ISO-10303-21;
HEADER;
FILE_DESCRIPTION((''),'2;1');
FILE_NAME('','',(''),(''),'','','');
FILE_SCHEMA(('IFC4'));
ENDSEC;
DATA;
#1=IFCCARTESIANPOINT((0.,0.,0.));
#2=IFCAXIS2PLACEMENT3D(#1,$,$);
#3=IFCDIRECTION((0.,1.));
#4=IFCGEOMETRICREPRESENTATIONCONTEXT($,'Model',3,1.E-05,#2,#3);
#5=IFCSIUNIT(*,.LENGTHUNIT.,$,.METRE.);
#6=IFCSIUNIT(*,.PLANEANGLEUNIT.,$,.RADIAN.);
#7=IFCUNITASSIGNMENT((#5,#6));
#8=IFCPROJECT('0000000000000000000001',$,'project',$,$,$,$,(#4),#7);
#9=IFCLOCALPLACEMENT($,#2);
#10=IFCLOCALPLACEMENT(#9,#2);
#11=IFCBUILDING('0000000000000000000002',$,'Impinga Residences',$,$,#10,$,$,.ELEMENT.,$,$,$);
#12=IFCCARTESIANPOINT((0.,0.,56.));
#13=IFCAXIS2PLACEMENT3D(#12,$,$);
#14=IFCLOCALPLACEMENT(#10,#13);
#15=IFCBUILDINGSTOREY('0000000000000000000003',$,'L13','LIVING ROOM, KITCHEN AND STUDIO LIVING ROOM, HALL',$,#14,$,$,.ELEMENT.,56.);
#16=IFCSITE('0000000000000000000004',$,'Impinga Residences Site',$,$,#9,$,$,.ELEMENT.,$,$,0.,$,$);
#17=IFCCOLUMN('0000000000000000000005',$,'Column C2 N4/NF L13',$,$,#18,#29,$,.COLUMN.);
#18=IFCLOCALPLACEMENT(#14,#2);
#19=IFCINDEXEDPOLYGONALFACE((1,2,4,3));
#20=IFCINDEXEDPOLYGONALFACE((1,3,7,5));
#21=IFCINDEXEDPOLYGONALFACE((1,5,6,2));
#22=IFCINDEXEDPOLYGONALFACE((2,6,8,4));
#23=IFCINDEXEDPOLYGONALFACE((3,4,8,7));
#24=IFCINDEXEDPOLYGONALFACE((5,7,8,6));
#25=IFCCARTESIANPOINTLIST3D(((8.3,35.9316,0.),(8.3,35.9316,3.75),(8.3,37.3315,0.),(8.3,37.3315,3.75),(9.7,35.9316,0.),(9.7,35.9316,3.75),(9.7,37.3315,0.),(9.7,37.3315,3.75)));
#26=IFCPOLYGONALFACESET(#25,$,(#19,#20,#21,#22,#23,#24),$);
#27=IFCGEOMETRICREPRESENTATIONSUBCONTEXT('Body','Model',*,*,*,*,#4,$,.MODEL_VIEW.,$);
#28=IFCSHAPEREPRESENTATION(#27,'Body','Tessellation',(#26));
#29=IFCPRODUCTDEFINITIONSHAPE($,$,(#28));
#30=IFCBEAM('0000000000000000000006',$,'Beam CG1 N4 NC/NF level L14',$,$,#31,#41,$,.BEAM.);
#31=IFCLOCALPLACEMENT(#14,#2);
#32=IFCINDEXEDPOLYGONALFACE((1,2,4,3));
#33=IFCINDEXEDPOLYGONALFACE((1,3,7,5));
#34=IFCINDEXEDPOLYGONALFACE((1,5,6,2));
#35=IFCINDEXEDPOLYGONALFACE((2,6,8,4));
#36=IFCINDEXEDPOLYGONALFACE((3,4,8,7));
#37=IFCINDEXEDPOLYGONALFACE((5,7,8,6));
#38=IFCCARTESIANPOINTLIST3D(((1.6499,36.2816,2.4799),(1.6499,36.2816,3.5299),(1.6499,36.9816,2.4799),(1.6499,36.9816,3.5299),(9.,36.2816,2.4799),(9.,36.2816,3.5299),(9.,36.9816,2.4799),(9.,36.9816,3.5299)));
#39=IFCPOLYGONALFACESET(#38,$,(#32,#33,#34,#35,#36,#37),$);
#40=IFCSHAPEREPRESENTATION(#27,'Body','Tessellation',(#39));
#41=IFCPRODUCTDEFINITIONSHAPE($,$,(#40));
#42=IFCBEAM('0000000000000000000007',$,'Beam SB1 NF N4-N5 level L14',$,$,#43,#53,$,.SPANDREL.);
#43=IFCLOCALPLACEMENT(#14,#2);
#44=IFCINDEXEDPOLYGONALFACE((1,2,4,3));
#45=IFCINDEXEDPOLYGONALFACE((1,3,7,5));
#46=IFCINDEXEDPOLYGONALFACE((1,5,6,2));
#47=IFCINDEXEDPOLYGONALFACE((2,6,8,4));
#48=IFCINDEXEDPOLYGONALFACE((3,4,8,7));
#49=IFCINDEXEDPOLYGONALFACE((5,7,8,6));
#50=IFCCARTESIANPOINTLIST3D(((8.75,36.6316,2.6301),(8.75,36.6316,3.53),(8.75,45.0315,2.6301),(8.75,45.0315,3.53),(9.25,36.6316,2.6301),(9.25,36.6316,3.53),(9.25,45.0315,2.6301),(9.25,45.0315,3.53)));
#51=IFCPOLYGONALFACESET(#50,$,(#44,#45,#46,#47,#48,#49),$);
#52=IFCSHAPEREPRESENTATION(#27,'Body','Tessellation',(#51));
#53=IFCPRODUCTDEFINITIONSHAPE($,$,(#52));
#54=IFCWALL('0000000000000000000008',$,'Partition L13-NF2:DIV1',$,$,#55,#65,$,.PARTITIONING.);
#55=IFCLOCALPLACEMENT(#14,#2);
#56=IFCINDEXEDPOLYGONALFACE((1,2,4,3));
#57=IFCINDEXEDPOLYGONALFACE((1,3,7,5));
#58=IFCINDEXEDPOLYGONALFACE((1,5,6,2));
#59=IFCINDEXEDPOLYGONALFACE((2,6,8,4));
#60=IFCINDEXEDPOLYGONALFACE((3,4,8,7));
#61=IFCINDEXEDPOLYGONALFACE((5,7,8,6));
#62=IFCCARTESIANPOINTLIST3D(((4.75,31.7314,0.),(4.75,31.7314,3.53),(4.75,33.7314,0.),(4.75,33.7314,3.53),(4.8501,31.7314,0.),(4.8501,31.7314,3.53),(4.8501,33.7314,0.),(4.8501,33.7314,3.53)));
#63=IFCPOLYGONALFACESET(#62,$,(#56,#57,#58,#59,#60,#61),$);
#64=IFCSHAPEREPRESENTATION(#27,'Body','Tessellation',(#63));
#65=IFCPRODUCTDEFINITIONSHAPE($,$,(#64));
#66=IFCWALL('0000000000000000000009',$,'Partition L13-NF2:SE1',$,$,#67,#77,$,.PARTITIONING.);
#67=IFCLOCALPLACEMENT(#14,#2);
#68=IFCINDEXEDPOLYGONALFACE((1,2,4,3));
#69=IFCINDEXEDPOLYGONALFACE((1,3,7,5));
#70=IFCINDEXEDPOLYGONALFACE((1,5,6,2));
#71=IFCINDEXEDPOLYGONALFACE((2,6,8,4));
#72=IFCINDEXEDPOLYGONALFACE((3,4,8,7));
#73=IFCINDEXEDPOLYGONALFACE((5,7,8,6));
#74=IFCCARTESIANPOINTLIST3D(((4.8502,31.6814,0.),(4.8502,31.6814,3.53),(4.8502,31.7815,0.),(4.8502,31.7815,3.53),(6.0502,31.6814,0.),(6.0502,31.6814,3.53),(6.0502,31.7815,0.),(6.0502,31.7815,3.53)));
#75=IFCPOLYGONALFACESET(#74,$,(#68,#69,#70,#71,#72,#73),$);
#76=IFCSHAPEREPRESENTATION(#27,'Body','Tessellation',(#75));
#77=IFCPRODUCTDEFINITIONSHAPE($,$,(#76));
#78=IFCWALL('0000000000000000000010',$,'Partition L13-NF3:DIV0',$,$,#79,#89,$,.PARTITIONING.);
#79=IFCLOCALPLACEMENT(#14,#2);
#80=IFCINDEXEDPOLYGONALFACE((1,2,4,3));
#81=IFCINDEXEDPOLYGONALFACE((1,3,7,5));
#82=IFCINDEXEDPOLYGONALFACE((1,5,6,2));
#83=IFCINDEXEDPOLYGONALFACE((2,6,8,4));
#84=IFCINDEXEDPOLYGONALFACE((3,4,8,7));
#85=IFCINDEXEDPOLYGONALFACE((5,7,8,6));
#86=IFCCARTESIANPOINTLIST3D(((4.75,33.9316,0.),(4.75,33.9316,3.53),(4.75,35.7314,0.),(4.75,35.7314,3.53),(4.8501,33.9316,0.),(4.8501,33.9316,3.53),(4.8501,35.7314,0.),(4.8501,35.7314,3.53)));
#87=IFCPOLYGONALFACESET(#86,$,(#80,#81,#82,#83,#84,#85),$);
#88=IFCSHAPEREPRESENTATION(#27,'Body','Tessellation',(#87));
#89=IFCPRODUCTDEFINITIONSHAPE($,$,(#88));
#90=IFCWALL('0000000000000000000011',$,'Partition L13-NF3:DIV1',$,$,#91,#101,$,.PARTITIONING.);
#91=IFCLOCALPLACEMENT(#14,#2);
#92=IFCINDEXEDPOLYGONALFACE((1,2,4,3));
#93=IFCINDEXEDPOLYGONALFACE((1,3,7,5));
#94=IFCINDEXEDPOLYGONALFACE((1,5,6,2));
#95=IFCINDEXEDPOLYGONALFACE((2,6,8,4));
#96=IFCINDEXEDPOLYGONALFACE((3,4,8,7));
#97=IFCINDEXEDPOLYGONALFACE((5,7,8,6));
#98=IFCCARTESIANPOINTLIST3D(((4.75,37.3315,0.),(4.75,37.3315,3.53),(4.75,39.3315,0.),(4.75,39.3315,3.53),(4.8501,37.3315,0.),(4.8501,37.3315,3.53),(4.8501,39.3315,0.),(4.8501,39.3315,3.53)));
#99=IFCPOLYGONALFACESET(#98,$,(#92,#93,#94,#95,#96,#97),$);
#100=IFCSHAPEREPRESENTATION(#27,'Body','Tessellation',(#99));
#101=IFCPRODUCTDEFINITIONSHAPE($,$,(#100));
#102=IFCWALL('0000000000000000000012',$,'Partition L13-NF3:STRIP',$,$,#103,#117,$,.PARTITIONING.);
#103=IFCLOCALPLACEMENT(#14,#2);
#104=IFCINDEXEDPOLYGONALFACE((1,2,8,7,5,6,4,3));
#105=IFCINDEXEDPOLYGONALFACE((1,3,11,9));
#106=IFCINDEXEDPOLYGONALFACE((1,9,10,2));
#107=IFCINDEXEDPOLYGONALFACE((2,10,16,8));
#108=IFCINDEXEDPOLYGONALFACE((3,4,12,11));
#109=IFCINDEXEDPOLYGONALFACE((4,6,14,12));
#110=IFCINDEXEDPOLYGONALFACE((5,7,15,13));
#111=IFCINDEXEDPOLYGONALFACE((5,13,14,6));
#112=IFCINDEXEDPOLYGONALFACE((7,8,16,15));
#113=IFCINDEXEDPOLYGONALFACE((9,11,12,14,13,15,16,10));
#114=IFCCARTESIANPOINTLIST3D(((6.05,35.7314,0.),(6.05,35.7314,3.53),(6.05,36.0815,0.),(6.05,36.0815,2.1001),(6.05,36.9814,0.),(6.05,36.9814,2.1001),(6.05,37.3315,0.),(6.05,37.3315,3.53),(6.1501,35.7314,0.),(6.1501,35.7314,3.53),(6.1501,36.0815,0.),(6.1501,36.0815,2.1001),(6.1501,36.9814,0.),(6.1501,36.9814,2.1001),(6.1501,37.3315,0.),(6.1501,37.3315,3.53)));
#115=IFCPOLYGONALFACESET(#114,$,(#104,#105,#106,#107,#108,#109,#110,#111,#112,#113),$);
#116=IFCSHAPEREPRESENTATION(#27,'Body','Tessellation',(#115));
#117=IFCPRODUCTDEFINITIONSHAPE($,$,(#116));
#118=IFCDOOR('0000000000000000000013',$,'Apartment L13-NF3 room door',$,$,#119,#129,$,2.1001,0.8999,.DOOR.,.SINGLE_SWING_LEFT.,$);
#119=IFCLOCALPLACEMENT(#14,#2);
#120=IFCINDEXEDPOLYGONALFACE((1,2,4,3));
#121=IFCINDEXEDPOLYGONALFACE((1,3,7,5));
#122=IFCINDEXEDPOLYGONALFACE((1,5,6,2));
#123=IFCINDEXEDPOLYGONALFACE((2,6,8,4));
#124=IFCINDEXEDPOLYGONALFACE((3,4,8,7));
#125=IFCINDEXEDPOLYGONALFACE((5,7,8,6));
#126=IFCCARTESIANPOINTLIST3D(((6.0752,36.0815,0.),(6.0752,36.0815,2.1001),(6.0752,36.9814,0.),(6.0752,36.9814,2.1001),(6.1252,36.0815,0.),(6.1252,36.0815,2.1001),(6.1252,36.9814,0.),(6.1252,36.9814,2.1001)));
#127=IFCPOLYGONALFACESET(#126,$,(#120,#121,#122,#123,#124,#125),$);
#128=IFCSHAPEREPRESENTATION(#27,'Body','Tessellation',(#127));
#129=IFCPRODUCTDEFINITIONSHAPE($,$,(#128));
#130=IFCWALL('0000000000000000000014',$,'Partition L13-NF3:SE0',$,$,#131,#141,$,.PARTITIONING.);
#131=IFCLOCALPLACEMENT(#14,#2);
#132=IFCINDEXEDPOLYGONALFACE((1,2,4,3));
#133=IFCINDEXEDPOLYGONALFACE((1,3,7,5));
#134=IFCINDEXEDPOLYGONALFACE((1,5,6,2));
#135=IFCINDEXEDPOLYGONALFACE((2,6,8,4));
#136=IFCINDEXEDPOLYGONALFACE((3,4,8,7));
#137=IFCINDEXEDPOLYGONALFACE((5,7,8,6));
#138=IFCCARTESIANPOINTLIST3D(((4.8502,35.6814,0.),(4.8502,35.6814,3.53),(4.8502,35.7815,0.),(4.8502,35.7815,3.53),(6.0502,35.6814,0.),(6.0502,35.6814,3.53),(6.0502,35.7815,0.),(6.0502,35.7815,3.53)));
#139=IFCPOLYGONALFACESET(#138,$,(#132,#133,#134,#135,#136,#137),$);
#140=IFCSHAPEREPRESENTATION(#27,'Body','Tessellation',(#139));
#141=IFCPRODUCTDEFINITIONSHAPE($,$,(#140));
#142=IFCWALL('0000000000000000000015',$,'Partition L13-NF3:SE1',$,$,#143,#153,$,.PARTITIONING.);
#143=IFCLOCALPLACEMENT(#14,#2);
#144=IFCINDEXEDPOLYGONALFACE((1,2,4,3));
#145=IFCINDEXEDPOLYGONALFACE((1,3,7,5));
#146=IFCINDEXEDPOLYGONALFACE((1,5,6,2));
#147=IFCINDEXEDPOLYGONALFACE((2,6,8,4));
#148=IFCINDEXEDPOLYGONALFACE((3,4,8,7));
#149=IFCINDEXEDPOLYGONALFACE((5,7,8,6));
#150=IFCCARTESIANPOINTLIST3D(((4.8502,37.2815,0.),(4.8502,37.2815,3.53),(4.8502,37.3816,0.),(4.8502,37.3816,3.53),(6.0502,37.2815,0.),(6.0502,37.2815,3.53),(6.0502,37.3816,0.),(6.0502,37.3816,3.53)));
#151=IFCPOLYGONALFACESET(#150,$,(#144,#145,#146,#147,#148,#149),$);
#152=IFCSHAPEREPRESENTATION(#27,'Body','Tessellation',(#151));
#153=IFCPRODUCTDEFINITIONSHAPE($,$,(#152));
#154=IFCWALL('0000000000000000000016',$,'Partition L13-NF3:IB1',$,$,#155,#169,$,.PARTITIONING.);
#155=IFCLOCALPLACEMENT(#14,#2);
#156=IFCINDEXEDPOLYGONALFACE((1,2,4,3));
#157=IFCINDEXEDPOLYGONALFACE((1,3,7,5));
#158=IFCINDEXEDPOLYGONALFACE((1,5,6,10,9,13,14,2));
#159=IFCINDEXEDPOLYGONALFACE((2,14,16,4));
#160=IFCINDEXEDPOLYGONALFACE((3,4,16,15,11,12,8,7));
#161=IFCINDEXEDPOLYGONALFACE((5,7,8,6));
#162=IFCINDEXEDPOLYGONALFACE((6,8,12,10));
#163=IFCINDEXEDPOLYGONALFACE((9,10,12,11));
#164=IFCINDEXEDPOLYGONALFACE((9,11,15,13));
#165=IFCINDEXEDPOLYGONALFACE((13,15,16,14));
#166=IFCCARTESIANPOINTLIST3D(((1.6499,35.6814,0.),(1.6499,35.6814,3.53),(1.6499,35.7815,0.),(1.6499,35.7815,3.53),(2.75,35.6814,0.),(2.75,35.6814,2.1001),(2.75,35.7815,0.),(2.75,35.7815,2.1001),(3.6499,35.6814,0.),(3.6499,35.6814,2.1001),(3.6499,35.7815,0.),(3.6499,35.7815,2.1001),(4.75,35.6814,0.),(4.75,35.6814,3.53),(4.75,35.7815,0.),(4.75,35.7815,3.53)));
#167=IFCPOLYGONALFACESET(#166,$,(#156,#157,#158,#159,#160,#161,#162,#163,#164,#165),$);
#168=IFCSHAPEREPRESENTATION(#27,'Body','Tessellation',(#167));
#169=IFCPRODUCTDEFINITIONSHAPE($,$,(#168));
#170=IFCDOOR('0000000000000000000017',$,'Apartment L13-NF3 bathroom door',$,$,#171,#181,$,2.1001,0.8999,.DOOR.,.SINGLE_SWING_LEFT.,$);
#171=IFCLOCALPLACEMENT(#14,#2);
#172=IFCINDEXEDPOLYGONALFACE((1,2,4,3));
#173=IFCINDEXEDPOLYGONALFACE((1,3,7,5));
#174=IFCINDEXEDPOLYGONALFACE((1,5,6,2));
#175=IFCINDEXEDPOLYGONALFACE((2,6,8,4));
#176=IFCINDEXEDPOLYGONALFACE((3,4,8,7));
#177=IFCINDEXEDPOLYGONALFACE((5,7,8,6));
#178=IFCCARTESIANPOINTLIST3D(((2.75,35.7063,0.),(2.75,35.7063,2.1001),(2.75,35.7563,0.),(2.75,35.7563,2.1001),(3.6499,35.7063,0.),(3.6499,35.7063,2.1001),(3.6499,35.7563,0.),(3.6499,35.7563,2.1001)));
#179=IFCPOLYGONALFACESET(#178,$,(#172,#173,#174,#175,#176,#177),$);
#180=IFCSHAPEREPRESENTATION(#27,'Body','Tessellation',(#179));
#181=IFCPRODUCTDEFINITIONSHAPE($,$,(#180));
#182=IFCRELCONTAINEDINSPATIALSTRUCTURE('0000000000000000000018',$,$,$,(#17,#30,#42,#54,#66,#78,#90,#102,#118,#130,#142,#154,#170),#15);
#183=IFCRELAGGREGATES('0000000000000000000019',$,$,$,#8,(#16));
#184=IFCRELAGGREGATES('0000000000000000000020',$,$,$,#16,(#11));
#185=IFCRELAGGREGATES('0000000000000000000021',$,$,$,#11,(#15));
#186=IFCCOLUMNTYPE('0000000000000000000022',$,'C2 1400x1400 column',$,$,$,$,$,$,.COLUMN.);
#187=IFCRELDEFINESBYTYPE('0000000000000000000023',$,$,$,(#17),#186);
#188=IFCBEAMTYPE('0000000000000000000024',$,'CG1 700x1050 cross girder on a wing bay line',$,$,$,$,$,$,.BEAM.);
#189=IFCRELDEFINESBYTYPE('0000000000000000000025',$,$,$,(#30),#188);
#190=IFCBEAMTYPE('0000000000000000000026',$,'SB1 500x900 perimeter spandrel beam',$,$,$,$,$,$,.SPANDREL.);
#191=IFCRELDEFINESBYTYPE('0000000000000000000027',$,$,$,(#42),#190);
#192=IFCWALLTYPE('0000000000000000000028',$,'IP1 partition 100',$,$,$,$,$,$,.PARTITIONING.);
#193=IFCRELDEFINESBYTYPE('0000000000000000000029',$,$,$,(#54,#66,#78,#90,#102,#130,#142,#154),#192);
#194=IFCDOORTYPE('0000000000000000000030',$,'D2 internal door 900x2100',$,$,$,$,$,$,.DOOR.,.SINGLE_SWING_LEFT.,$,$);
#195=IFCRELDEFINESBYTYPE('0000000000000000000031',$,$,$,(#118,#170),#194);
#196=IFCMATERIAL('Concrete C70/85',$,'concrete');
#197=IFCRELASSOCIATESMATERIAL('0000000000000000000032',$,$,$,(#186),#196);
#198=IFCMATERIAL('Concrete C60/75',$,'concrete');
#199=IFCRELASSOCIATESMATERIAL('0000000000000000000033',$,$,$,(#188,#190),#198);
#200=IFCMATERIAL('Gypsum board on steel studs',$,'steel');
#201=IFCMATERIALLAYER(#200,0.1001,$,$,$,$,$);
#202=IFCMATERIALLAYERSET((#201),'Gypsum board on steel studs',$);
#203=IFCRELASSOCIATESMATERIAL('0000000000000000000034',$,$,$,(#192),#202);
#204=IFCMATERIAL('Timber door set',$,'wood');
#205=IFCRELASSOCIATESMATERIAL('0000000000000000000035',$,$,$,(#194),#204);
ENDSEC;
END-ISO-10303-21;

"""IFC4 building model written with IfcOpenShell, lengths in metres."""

from ifc_helpers import new_model, si_unit, direction, frame, frame_2d, origin, origin_2d, place, context, subcontext, project, spatial, rectangle, extrude, material, layer, layer_set, material_profile, profile_set, type_object, element, fill, save


model = new_model("IFC4")

# Units and contexts
model_context = context("Model", 3, precision=1e-05, world=origin(), true_north=direction((0.0, 1.0)))
body_context = subcontext(model_context, "Body", "Model", "MODEL_VIEW")
ifc_project = project(units=[si_unit("LENGTHUNIT", "METRE"), si_unit("PLANEANGLEUNIT", "RADIAN")], contexts=[model_context])

# Site, building, storey
site_placement = place(None, origin())
site = spatial("IfcSite", under=ifc_project, at=site_placement, Name="Impinga Residences Site", CompositionType="ELEMENT", RefElevation=0.0)
building_placement = place(site_placement, origin())
building = spatial("IfcBuilding", under=site, at=building_placement, Name="Impinga Residences", CompositionType="ELEMENT")
storey_placement = place(building_placement, frame((0.0, 0.0, 56.0)))
storey = spatial("IfcBuildingStorey", under=building, at=storey_placement, Name="L13", Description="LIVING ROOM, KITCHEN AND STUDIO LIVING ROOM, HALL", CompositionType="ELEMENT", Elevation=56.0)

# Column
ifc_material_1 = material(Name="Concrete C70/85", Category="concrete")
ifc_material_profile_1 = material_profile(ifc_material_1, rectangle(XDim=1.3999, YDim=1.3999, at=origin_2d()), Name="RC 1400x1400")
ifc_profile_set_1 = profile_set([ifc_material_profile_1], Name="Concrete C70/85")
column_type = type_object("IfcColumnType", Name="C2 1400x1400 column", PredefinedType="COLUMN", material=ifc_profile_set_1)
column_placement = place(storey_placement, frame((9.0, 36.6316, 0.0), z_axis=(0.0, 0.0, 1.0), x_axis=(1.0, 0.0, 0.0)))
element("IfcColumn", 1, at=column_placement, inside=storey, type_object=column_type, Name="Column C2 N4/NF L13", PredefinedType="COLUMN", context=body_context, shape_type="SweptSolid", body=[
    extrude(rectangle(XDim=1.3999, YDim=1.3999, at=origin_2d()), origin(), (0.0, 0.0, 1.0), 3.75),
])

# Beams
ifc_material_2 = material(Name="Concrete C60/75", Category="concrete")
ifc_material_profile_2 = material_profile(ifc_material_2, rectangle(XDim=0.7, YDim=1.05, at=origin_2d()), Name="RC 700x1050")
ifc_profile_set_2 = profile_set([ifc_material_profile_2], Name="Concrete C60/75")
beam_type_1 = type_object("IfcBeamType", Name="CG1 700x1050 cross girder on a wing bay line", PredefinedType="BEAM", material=ifc_profile_set_2)
beam_1_placement = place(storey_placement, frame((1.6499, 36.6316, 3.0049), z_axis=(1.0, 0.0, 0.0), x_axis=(0.0, 1.0, 0.0)))
element("IfcBeam", 2, at=beam_1_placement, inside=storey, type_object=beam_type_1, Name="Beam CG1 N4 NC/NF level L14", PredefinedType="BEAM", context=body_context, shape_type="SweptSolid", body=[
    extrude(rectangle(XDim=0.7, YDim=1.05, at=origin_2d()), origin(), (0.0, 0.0, 1.0), 7.3501),
])
ifc_material_profile_3 = material_profile(ifc_material_2, rectangle(XDim=0.5, YDim=0.8999, at=origin_2d()), Name="RC 500x900")
ifc_profile_set_3 = profile_set([ifc_material_profile_3], Name="Concrete C60/75")
beam_type_2 = type_object("IfcBeamType", Name="SB1 500x900 perimeter spandrel beam", PredefinedType="SPANDREL", material=ifc_profile_set_3)
beam_2_placement = place(storey_placement, frame((9.0, 36.6316, 3.0801), z_axis=(0.0, 1.0, 0.0), x_axis=(-1.0, 0.0, 0.0)))
element("IfcBeam", 3, at=beam_2_placement, inside=storey, type_object=beam_type_2, Name="Beam SB1 NF N4-N5 level L14", PredefinedType="SPANDREL", context=body_context, shape_type="SweptSolid", body=[
    extrude(rectangle(XDim=0.5, YDim=0.8999, at=origin_2d()), origin(), (0.0, 0.0, 1.0), 8.3999),
])

# Walls
ifc_material_3 = material(Name="Gypsum board on steel studs", Category="steel")
ifc_layer_1 = layer(ifc_material_3, 0.1001)
ifc_layer_set_1 = layer_set([ifc_layer_1], Name="Gypsum board on steel studs")
wall_type_1 = type_object("IfcWallType", Name="IP1 partition 100", PredefinedType="PARTITIONING", material=ifc_layer_set_1)
wall_1_placement = place(storey_placement, frame((4.8, 31.7314, 0.0), z_axis=(0.0, 0.0, 1.0), x_axis=(0.0, 1.0, 0.0)))
element("IfcWall", 4, at=wall_1_placement, inside=storey, type_object=wall_type_1, Name="Partition L13-NF2:DIV1", PredefinedType="PARTITIONING", context=body_context, shape_type="SweptSolid", body=[
    extrude(rectangle(XDim=2.0, YDim=0.1001, at=frame_2d((1.0, 0.0))), origin(), (0.0, 0.0, 1.0), 3.53),
])
wall_2_placement = place(storey_placement, frame((4.8501, 31.7314, 0.0), z_axis=(0.0, 0.0, 1.0), x_axis=(1.0, 0.0, 0.0)))
element("IfcWall", 5, at=wall_2_placement, inside=storey, type_object=wall_type_1, Name="Partition L13-NF2:SE1", PredefinedType="PARTITIONING", context=body_context, shape_type="SweptSolid", body=[
    extrude(rectangle(XDim=1.2, YDim=0.1001, at=frame_2d((0.6001, 0.0))), origin(), (0.0, 0.0, 1.0), 3.53),
])
wall_3_placement = place(storey_placement, frame((4.8, 33.9316, 0.0), z_axis=(0.0, 0.0, 1.0), x_axis=(0.0, 1.0, 0.0)))
element("IfcWall", 6, at=wall_3_placement, inside=storey, type_object=wall_type_1, Name="Partition L13-NF3:DIV0", PredefinedType="PARTITIONING", context=body_context, shape_type="SweptSolid", body=[
    extrude(rectangle(XDim=1.7998, YDim=0.1001, at=frame_2d((0.8999, 0.0))), origin(), (0.0, 0.0, 1.0), 3.53),
])
wall_4_placement = place(storey_placement, frame((4.8, 37.3315, 0.0), z_axis=(0.0, 0.0, 1.0), x_axis=(0.0, 1.0, 0.0)))
element("IfcWall", 7, at=wall_4_placement, inside=storey, type_object=wall_type_1, Name="Partition L13-NF3:DIV1", PredefinedType="PARTITIONING", context=body_context, shape_type="SweptSolid", body=[
    extrude(rectangle(XDim=2.0, YDim=0.1001, at=frame_2d((1.0, 0.0))), origin(), (0.0, 0.0, 1.0), 3.53),
])

# Wall, opening, door
wall_5_placement = place(storey_placement, frame((6.1001, 35.7314, 0.0), z_axis=(0.0, 0.0, 1.0), x_axis=(0.0, 1.0, 0.0)))
wall_5 = element("IfcWall", 8, at=wall_5_placement, inside=storey, type_object=wall_type_1, Name="Partition L13-NF3:STRIP", PredefinedType="PARTITIONING", context=body_context, shape_type="SweptSolid", body=[
    extrude(rectangle(XDim=1.6001, YDim=0.1001, at=frame_2d((0.8, 0.0))), origin(), (0.0, 0.0, 1.0), 3.53),
])
opening_1_placement = place(wall_5_placement, frame((0.3501, 0.0, 0.0)))
opening_1 = element("IfcOpeningElement", 9, at=opening_1_placement, cuts=wall_5, PredefinedType="OPENING", context=body_context, shape_type="SweptSolid", body=[
    extrude(rectangle(XDim=0.8999, YDim=2.1001, at=frame_2d((0.45, 1.05))), frame((0.0, 0.0601, 0.0), z_axis=(0.0, -1.0, 0.0), x_axis=(1.0, 0.0, 0.0)), (0.0, 0.0, 1.0), 0.1201),
])
ifc_material_4 = material(Name="Timber door set", Category="wood")
door_type = type_object("IfcDoorType", Name="D2 internal door 900x2100", OperationType="SINGLE_SWING_LEFT", PredefinedType="DOOR", material=ifc_material_4)
door_1_placement = place(opening_1_placement, origin())
door_1 = element("IfcDoor", 10, at=door_1_placement, inside=storey, type_object=door_type, Name="Apartment L13-NF3 room door", OperationType="SINGLE_SWING_LEFT", OverallHeight=2.1001, OverallWidth=0.8999, PredefinedType="DOOR", context=body_context, shape_type="SweptSolid", body=[
    extrude(rectangle(XDim=0.8999, YDim=2.1001, at=frame_2d((0.45, 1.05))), frame((0.0, 0.0249, 0.0), z_axis=(0.0, -1.0, 0.0), x_axis=(1.0, 0.0, 0.0)), (0.0, 0.0, 1.0), 0.05),
])
fill(opening_1, door_1)

# Walls
for number, where, z_axis, x_axis, name in (
    (11, (4.8501, 35.7314, 0.0), (0.0, 0.0, 1.0), (1.0, 0.0, 0.0), "Partition L13-NF3:SE0"),
    (12, (4.8501, 37.3315, 0.0), (0.0, 0.0, 1.0), (1.0, 0.0, 0.0), "Partition L13-NF3:SE1"),
):
    element("IfcWall", number, at=place(storey_placement, frame(where, z_axis=z_axis, x_axis=x_axis)), inside=storey, type_object=wall_type_1, Name=name, PredefinedType="PARTITIONING", context=body_context, shape_type="SweptSolid", body=[
        extrude(rectangle(XDim=1.2, YDim=0.1001, at=frame_2d((0.6001, 0.0))), origin(), (0.0, 0.0, 1.0), 3.53),
    ])

# Wall, opening, door
wall_6_placement = place(storey_placement, frame((1.6499, 35.7314, 0.0), z_axis=(0.0, 0.0, 1.0), x_axis=(1.0, 0.0, 0.0)))
wall_6 = element("IfcWall", 13, at=wall_6_placement, inside=storey, type_object=wall_type_1, Name="Partition L13-NF3:IB1", PredefinedType="PARTITIONING", context=body_context, shape_type="SweptSolid", body=[
    extrude(rectangle(XDim=3.1001, YDim=0.1001, at=frame_2d((1.55, 0.0))), origin(), (0.0, 0.0, 1.0), 3.53),
])
opening_2_placement = place(wall_6_placement, frame((1.1001, 0.0, 0.0)))
opening_2 = element("IfcOpeningElement", 14, at=opening_2_placement, cuts=wall_6, PredefinedType="OPENING", context=body_context, shape_type="SweptSolid", body=[
    extrude(rectangle(XDim=0.8999, YDim=2.1001, at=frame_2d((0.45, 1.05))), frame((0.0, 0.0601, 0.0), z_axis=(0.0, -1.0, 0.0), x_axis=(1.0, 0.0, 0.0)), (0.0, 0.0, 1.0), 0.1201),
])
door_2_placement = place(opening_2_placement, origin())
door_2 = element("IfcDoor", 15, at=door_2_placement, inside=storey, type_object=door_type, Name="Apartment L13-NF3 bathroom door", OperationType="SINGLE_SWING_LEFT", OverallHeight=2.1001, OverallWidth=0.8999, PredefinedType="DOOR", context=body_context, shape_type="SweptSolid", body=[
    extrude(rectangle(XDim=0.8999, YDim=2.1001, at=frame_2d((0.45, 1.05))), frame((0.0, 0.0249, 0.0), z_axis=(0.0, -1.0, 0.0), x_axis=(1.0, 0.0, 0.0)), (0.0, 0.0, 1.0), 0.05),
])
fill(opening_2, door_2)

save(model, "model.ifc")
